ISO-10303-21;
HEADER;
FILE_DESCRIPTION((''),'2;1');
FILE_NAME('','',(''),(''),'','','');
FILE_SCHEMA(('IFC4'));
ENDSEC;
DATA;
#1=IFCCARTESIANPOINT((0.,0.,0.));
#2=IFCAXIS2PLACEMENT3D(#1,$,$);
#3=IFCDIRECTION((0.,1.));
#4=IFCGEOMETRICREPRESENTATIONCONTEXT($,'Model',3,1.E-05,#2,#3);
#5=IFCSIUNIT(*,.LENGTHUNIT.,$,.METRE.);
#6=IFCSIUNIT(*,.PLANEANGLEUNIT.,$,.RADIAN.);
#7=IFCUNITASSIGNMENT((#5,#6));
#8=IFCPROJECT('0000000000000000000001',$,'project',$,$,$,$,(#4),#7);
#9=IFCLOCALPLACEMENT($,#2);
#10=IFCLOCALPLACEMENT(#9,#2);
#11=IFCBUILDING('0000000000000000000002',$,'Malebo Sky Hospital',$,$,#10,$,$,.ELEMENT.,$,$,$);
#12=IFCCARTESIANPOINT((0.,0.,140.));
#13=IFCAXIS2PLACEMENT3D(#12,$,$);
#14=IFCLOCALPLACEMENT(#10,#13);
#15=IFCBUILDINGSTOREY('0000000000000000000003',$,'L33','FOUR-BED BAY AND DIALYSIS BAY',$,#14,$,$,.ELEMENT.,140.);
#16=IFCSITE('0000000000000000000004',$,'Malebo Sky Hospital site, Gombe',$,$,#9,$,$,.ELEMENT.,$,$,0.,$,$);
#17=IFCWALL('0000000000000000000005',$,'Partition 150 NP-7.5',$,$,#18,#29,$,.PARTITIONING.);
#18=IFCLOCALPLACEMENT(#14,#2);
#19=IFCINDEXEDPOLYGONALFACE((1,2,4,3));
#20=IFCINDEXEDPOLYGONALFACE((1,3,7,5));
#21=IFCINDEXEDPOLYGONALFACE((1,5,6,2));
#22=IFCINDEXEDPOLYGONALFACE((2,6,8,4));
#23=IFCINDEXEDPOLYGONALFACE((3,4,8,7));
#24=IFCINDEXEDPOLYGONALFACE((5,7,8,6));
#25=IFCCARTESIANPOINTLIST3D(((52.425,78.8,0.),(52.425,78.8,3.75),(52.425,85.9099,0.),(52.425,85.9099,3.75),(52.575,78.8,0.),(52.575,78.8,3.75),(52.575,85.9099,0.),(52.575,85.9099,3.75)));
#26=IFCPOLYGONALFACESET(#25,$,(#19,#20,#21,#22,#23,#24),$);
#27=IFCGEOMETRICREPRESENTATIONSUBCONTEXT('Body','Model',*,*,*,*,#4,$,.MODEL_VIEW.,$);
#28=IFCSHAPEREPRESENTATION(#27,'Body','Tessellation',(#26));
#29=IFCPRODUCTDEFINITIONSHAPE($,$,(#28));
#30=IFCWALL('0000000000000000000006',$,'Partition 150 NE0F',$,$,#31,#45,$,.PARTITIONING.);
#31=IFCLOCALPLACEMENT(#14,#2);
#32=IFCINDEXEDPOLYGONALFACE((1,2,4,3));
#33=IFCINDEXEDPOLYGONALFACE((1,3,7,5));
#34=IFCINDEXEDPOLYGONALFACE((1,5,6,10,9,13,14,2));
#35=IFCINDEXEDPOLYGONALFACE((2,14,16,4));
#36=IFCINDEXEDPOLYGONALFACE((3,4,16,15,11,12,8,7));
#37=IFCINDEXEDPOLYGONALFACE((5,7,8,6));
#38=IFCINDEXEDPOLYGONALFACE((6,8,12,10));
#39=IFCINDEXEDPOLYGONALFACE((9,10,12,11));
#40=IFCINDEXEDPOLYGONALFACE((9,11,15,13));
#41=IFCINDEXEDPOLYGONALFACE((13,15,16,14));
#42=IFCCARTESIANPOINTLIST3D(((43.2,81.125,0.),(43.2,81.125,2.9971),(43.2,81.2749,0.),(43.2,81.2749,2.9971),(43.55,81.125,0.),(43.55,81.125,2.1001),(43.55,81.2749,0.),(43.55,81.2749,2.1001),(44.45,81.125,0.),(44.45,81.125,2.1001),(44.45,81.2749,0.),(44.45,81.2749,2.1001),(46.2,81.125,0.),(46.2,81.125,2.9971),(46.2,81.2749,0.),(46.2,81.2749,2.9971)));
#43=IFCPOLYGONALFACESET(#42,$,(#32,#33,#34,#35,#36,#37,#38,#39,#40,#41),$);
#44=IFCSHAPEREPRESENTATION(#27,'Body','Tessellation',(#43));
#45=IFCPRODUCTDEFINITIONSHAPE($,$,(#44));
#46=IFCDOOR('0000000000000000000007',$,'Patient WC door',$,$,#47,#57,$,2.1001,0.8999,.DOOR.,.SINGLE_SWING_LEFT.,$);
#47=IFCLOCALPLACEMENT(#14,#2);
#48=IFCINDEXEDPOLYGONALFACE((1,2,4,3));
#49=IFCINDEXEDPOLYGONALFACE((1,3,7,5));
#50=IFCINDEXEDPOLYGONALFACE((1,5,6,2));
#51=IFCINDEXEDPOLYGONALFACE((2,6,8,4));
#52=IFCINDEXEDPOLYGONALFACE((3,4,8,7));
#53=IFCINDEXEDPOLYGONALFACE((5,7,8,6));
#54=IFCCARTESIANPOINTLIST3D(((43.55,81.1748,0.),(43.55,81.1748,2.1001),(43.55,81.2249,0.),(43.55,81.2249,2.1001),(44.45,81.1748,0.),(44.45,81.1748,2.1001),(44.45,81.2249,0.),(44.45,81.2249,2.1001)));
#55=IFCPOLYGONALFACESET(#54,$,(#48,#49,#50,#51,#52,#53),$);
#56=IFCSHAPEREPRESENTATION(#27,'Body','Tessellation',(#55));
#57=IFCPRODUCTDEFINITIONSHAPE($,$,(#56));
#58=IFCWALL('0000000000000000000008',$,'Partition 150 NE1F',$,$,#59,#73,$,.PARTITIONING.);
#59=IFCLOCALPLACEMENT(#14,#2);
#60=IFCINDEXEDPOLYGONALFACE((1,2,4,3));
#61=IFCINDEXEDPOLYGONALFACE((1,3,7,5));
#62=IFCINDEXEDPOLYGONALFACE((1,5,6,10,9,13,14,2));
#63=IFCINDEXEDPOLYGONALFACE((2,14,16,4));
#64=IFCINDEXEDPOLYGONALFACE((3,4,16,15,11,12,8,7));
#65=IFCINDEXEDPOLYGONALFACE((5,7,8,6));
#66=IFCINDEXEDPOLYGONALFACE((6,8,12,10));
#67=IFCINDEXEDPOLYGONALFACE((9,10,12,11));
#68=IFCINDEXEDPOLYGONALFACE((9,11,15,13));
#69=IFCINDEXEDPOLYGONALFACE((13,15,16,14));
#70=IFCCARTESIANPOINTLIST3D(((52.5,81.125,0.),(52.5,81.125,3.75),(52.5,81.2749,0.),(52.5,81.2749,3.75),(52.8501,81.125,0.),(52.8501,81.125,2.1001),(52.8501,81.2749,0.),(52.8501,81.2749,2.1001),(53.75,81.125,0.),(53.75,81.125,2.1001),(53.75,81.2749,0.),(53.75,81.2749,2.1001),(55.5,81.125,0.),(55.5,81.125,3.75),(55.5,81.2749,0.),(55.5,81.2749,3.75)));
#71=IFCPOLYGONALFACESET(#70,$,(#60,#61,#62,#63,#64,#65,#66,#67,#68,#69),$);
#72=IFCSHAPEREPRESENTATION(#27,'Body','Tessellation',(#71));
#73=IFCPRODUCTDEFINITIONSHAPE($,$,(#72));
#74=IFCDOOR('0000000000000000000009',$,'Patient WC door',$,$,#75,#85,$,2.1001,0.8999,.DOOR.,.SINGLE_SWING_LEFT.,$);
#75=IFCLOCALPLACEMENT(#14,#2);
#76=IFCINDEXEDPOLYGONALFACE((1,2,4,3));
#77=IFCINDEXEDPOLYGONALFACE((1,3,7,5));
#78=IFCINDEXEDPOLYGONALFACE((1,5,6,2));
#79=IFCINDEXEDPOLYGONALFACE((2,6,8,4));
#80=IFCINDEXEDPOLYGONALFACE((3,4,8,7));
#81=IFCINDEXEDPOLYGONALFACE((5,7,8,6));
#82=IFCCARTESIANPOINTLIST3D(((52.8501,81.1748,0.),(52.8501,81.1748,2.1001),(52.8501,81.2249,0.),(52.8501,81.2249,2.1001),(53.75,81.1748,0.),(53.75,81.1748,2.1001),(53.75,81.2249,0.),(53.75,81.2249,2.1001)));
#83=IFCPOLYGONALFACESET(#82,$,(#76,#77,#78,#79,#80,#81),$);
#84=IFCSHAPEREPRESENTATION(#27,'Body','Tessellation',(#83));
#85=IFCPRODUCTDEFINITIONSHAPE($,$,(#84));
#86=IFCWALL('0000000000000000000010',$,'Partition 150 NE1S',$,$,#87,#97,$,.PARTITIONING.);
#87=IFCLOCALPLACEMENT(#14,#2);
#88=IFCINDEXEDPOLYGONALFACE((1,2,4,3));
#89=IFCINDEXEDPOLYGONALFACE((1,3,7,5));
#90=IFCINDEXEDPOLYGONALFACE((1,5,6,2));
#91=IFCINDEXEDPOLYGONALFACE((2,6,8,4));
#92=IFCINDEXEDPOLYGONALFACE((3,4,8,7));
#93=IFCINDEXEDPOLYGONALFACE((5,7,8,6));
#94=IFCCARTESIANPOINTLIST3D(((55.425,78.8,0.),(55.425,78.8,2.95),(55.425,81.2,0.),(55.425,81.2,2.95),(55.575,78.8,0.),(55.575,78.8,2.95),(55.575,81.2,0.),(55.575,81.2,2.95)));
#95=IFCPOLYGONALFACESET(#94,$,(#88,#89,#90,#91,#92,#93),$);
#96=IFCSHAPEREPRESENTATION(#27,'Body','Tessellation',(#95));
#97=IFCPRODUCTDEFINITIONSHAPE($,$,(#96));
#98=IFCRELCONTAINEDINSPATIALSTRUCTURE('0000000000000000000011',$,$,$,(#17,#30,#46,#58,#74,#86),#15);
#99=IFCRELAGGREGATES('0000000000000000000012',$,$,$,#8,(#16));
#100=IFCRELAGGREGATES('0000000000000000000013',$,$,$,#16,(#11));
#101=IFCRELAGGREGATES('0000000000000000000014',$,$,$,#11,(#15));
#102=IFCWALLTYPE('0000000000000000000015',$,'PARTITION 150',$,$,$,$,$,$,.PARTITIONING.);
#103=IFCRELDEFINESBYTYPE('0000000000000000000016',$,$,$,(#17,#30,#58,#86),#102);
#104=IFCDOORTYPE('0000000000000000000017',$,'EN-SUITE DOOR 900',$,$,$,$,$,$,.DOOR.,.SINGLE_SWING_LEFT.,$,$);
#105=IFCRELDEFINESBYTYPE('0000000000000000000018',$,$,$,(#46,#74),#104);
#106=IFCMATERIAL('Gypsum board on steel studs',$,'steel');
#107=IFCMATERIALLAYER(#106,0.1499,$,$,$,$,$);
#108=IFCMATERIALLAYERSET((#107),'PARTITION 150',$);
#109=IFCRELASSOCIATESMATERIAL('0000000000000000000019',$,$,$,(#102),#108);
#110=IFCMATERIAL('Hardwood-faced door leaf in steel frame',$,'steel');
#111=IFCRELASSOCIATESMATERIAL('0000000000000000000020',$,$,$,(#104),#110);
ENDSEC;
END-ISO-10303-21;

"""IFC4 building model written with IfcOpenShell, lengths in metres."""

from ifc_helpers import new_model, si_unit, direction, frame, frame_2d, origin, place, context, subcontext, project, spatial, rectangle, extrude, material, layer, layer_set, type_object, element, fill, save


model = new_model("IFC4")

# Units and contexts
model_context = context("Model", 3, precision=1e-05, world=origin(), true_north=direction((0.0, 1.0)))
body_context = subcontext(model_context, "Body", "Model", "MODEL_VIEW")
ifc_project = project(units=[si_unit("LENGTHUNIT", "METRE"), si_unit("PLANEANGLEUNIT", "RADIAN")], contexts=[model_context])

# Site, building, storey
site_placement = place(None, origin())
site = spatial("IfcSite", under=ifc_project, at=site_placement, Name="Malebo Sky Hospital site, Gombe", CompositionType="ELEMENT", RefElevation=0.0)
building_placement = place(site_placement, origin())
building = spatial("IfcBuilding", under=site, at=building_placement, Name="Malebo Sky Hospital", CompositionType="ELEMENT")
storey_placement = place(building_placement, frame((0.0, 0.0, 140.0)))
storey = spatial("IfcBuildingStorey", under=building, at=storey_placement, Name="L33", Description="FOUR-BED BAY AND DIALYSIS BAY", CompositionType="ELEMENT", Elevation=140.0)

# Wall
ifc_material_1 = material(Name="Gypsum board on steel studs", Category="steel")
ifc_layer_1 = layer(ifc_material_1, 0.1499)
ifc_layer_set_1 = layer_set([ifc_layer_1], Name="PARTITION 150")
wall_type = type_object("IfcWallType", Name="PARTITION 150", PredefinedType="PARTITIONING", material=ifc_layer_set_1)
wall_1_placement = place(storey_placement, frame((52.5, 78.8, 0.0), z_axis=(0.0, 0.0, 1.0), x_axis=(0.0, 1.0, 0.0)))
element("IfcWall", 1, at=wall_1_placement, inside=storey, type_object=wall_type, Name="Partition 150 NP-7.5", PredefinedType="PARTITIONING", context=body_context, shape_type="SweptSolid", body=[
    extrude(rectangle(XDim=7.1099, YDim=0.1499, at=frame_2d((3.5549, 0.0))), origin(), (0.0, 0.0, 1.0), 3.75),
])

# Walls, openings, doors
wall_2_placement = place(storey_placement, frame((43.2, 81.2, 0.0), z_axis=(0.0, 0.0, 1.0), x_axis=(1.0, 0.0, 0.0)))
wall_2 = element("IfcWall", 2, at=wall_2_placement, inside=storey, type_object=wall_type, Name="Partition 150 NE0F", PredefinedType="PARTITIONING", context=body_context, shape_type="SweptSolid", body=[
    extrude(rectangle(XDim=3.0, YDim=0.1499, at=frame_2d((1.5, 0.0))), origin(), (0.0, 0.0, 1.0), 2.9971),
])
opening_1_placement = place(wall_2_placement, frame((0.3501, 0.0, 0.0)))
opening_1 = element("IfcOpeningElement", 3, at=opening_1_placement, cuts=wall_2, PredefinedType="OPENING", context=body_context, shape_type="SweptSolid", body=[
    extrude(rectangle(XDim=0.8999, YDim=2.1001, at=frame_2d((0.45, 1.05))), frame((0.0, 0.085, 0.0), z_axis=(0.0, -1.0, 0.0), x_axis=(1.0, 0.0, 0.0)), (0.0, 0.0, 1.0), 0.1699),
])
ifc_material_2 = material(Name="Hardwood-faced door leaf in steel frame", Category="steel")
door_type = type_object("IfcDoorType", Name="EN-SUITE DOOR 900", OperationType="SINGLE_SWING_LEFT", PredefinedType="DOOR", material=ifc_material_2)
door_1_placement = place(opening_1_placement, origin())
door_1 = element("IfcDoor", 4, at=door_1_placement, inside=storey, type_object=door_type, Name="Patient WC door", OperationType="SINGLE_SWING_LEFT", OverallHeight=2.1001, OverallWidth=0.8999, PredefinedType="DOOR", context=body_context, shape_type="SweptSolid", body=[
    extrude(rectangle(XDim=0.8999, YDim=2.1001, at=frame_2d((0.45, 1.05))), frame((0.0, 0.0249, 0.0), z_axis=(0.0, -1.0, 0.0), x_axis=(1.0, 0.0, 0.0)), (0.0, 0.0, 1.0), 0.05),
])
fill(opening_1, door_1)
wall_3_placement = place(storey_placement, frame((52.5, 81.2, 0.0), z_axis=(0.0, 0.0, 1.0), x_axis=(1.0, 0.0, 0.0)))
wall_3 = element("IfcWall", 5, at=wall_3_placement, inside=storey, type_object=wall_type, Name="Partition 150 NE1F", PredefinedType="PARTITIONING", context=body_context, shape_type="SweptSolid", body=[
    extrude(rectangle(XDim=3.0, YDim=0.1499, at=frame_2d((1.5, 0.0))), origin(), (0.0, 0.0, 1.0), 3.75),
])
opening_2_placement = place(wall_3_placement, frame((0.3501, 0.0, 0.0)))
opening_2 = element("IfcOpeningElement", 6, at=opening_2_placement, cuts=wall_3, PredefinedType="OPENING", context=body_context, shape_type="SweptSolid", body=[
    extrude(rectangle(XDim=0.8999, YDim=2.1001, at=frame_2d((0.45, 1.05))), frame((0.0, 0.085, 0.0), z_axis=(0.0, -1.0, 0.0), x_axis=(1.0, 0.0, 0.0)), (0.0, 0.0, 1.0), 0.1699),
])
door_2_placement = place(opening_2_placement, origin())
door_2 = element("IfcDoor", 7, at=door_2_placement, inside=storey, type_object=door_type, Name="Patient WC door", OperationType="SINGLE_SWING_LEFT", OverallHeight=2.1001, OverallWidth=0.8999, PredefinedType="DOOR", context=body_context, shape_type="SweptSolid", body=[
    extrude(rectangle(XDim=0.8999, YDim=2.1001, at=frame_2d((0.45, 1.05))), frame((0.0, 0.0249, 0.0), z_axis=(0.0, -1.0, 0.0), x_axis=(1.0, 0.0, 0.0)), (0.0, 0.0, 1.0), 0.05),
])
fill(opening_2, door_2)

# Wall
wall_4_placement = place(storey_placement, frame((55.5, 78.8, 0.0), z_axis=(0.0, 0.0, 1.0), x_axis=(0.0, 1.0, 0.0)))
element("IfcWall", 8, at=wall_4_placement, inside=storey, type_object=wall_type, Name="Partition 150 NE1S", PredefinedType="PARTITIONING", context=body_context, shape_type="SweptSolid", body=[
    extrude(rectangle(XDim=2.3999, YDim=0.1499, at=frame_2d((1.2, 0.0))), origin(), (0.0, 0.0, 1.0), 2.95),
])

save(model, "model.ifc")
